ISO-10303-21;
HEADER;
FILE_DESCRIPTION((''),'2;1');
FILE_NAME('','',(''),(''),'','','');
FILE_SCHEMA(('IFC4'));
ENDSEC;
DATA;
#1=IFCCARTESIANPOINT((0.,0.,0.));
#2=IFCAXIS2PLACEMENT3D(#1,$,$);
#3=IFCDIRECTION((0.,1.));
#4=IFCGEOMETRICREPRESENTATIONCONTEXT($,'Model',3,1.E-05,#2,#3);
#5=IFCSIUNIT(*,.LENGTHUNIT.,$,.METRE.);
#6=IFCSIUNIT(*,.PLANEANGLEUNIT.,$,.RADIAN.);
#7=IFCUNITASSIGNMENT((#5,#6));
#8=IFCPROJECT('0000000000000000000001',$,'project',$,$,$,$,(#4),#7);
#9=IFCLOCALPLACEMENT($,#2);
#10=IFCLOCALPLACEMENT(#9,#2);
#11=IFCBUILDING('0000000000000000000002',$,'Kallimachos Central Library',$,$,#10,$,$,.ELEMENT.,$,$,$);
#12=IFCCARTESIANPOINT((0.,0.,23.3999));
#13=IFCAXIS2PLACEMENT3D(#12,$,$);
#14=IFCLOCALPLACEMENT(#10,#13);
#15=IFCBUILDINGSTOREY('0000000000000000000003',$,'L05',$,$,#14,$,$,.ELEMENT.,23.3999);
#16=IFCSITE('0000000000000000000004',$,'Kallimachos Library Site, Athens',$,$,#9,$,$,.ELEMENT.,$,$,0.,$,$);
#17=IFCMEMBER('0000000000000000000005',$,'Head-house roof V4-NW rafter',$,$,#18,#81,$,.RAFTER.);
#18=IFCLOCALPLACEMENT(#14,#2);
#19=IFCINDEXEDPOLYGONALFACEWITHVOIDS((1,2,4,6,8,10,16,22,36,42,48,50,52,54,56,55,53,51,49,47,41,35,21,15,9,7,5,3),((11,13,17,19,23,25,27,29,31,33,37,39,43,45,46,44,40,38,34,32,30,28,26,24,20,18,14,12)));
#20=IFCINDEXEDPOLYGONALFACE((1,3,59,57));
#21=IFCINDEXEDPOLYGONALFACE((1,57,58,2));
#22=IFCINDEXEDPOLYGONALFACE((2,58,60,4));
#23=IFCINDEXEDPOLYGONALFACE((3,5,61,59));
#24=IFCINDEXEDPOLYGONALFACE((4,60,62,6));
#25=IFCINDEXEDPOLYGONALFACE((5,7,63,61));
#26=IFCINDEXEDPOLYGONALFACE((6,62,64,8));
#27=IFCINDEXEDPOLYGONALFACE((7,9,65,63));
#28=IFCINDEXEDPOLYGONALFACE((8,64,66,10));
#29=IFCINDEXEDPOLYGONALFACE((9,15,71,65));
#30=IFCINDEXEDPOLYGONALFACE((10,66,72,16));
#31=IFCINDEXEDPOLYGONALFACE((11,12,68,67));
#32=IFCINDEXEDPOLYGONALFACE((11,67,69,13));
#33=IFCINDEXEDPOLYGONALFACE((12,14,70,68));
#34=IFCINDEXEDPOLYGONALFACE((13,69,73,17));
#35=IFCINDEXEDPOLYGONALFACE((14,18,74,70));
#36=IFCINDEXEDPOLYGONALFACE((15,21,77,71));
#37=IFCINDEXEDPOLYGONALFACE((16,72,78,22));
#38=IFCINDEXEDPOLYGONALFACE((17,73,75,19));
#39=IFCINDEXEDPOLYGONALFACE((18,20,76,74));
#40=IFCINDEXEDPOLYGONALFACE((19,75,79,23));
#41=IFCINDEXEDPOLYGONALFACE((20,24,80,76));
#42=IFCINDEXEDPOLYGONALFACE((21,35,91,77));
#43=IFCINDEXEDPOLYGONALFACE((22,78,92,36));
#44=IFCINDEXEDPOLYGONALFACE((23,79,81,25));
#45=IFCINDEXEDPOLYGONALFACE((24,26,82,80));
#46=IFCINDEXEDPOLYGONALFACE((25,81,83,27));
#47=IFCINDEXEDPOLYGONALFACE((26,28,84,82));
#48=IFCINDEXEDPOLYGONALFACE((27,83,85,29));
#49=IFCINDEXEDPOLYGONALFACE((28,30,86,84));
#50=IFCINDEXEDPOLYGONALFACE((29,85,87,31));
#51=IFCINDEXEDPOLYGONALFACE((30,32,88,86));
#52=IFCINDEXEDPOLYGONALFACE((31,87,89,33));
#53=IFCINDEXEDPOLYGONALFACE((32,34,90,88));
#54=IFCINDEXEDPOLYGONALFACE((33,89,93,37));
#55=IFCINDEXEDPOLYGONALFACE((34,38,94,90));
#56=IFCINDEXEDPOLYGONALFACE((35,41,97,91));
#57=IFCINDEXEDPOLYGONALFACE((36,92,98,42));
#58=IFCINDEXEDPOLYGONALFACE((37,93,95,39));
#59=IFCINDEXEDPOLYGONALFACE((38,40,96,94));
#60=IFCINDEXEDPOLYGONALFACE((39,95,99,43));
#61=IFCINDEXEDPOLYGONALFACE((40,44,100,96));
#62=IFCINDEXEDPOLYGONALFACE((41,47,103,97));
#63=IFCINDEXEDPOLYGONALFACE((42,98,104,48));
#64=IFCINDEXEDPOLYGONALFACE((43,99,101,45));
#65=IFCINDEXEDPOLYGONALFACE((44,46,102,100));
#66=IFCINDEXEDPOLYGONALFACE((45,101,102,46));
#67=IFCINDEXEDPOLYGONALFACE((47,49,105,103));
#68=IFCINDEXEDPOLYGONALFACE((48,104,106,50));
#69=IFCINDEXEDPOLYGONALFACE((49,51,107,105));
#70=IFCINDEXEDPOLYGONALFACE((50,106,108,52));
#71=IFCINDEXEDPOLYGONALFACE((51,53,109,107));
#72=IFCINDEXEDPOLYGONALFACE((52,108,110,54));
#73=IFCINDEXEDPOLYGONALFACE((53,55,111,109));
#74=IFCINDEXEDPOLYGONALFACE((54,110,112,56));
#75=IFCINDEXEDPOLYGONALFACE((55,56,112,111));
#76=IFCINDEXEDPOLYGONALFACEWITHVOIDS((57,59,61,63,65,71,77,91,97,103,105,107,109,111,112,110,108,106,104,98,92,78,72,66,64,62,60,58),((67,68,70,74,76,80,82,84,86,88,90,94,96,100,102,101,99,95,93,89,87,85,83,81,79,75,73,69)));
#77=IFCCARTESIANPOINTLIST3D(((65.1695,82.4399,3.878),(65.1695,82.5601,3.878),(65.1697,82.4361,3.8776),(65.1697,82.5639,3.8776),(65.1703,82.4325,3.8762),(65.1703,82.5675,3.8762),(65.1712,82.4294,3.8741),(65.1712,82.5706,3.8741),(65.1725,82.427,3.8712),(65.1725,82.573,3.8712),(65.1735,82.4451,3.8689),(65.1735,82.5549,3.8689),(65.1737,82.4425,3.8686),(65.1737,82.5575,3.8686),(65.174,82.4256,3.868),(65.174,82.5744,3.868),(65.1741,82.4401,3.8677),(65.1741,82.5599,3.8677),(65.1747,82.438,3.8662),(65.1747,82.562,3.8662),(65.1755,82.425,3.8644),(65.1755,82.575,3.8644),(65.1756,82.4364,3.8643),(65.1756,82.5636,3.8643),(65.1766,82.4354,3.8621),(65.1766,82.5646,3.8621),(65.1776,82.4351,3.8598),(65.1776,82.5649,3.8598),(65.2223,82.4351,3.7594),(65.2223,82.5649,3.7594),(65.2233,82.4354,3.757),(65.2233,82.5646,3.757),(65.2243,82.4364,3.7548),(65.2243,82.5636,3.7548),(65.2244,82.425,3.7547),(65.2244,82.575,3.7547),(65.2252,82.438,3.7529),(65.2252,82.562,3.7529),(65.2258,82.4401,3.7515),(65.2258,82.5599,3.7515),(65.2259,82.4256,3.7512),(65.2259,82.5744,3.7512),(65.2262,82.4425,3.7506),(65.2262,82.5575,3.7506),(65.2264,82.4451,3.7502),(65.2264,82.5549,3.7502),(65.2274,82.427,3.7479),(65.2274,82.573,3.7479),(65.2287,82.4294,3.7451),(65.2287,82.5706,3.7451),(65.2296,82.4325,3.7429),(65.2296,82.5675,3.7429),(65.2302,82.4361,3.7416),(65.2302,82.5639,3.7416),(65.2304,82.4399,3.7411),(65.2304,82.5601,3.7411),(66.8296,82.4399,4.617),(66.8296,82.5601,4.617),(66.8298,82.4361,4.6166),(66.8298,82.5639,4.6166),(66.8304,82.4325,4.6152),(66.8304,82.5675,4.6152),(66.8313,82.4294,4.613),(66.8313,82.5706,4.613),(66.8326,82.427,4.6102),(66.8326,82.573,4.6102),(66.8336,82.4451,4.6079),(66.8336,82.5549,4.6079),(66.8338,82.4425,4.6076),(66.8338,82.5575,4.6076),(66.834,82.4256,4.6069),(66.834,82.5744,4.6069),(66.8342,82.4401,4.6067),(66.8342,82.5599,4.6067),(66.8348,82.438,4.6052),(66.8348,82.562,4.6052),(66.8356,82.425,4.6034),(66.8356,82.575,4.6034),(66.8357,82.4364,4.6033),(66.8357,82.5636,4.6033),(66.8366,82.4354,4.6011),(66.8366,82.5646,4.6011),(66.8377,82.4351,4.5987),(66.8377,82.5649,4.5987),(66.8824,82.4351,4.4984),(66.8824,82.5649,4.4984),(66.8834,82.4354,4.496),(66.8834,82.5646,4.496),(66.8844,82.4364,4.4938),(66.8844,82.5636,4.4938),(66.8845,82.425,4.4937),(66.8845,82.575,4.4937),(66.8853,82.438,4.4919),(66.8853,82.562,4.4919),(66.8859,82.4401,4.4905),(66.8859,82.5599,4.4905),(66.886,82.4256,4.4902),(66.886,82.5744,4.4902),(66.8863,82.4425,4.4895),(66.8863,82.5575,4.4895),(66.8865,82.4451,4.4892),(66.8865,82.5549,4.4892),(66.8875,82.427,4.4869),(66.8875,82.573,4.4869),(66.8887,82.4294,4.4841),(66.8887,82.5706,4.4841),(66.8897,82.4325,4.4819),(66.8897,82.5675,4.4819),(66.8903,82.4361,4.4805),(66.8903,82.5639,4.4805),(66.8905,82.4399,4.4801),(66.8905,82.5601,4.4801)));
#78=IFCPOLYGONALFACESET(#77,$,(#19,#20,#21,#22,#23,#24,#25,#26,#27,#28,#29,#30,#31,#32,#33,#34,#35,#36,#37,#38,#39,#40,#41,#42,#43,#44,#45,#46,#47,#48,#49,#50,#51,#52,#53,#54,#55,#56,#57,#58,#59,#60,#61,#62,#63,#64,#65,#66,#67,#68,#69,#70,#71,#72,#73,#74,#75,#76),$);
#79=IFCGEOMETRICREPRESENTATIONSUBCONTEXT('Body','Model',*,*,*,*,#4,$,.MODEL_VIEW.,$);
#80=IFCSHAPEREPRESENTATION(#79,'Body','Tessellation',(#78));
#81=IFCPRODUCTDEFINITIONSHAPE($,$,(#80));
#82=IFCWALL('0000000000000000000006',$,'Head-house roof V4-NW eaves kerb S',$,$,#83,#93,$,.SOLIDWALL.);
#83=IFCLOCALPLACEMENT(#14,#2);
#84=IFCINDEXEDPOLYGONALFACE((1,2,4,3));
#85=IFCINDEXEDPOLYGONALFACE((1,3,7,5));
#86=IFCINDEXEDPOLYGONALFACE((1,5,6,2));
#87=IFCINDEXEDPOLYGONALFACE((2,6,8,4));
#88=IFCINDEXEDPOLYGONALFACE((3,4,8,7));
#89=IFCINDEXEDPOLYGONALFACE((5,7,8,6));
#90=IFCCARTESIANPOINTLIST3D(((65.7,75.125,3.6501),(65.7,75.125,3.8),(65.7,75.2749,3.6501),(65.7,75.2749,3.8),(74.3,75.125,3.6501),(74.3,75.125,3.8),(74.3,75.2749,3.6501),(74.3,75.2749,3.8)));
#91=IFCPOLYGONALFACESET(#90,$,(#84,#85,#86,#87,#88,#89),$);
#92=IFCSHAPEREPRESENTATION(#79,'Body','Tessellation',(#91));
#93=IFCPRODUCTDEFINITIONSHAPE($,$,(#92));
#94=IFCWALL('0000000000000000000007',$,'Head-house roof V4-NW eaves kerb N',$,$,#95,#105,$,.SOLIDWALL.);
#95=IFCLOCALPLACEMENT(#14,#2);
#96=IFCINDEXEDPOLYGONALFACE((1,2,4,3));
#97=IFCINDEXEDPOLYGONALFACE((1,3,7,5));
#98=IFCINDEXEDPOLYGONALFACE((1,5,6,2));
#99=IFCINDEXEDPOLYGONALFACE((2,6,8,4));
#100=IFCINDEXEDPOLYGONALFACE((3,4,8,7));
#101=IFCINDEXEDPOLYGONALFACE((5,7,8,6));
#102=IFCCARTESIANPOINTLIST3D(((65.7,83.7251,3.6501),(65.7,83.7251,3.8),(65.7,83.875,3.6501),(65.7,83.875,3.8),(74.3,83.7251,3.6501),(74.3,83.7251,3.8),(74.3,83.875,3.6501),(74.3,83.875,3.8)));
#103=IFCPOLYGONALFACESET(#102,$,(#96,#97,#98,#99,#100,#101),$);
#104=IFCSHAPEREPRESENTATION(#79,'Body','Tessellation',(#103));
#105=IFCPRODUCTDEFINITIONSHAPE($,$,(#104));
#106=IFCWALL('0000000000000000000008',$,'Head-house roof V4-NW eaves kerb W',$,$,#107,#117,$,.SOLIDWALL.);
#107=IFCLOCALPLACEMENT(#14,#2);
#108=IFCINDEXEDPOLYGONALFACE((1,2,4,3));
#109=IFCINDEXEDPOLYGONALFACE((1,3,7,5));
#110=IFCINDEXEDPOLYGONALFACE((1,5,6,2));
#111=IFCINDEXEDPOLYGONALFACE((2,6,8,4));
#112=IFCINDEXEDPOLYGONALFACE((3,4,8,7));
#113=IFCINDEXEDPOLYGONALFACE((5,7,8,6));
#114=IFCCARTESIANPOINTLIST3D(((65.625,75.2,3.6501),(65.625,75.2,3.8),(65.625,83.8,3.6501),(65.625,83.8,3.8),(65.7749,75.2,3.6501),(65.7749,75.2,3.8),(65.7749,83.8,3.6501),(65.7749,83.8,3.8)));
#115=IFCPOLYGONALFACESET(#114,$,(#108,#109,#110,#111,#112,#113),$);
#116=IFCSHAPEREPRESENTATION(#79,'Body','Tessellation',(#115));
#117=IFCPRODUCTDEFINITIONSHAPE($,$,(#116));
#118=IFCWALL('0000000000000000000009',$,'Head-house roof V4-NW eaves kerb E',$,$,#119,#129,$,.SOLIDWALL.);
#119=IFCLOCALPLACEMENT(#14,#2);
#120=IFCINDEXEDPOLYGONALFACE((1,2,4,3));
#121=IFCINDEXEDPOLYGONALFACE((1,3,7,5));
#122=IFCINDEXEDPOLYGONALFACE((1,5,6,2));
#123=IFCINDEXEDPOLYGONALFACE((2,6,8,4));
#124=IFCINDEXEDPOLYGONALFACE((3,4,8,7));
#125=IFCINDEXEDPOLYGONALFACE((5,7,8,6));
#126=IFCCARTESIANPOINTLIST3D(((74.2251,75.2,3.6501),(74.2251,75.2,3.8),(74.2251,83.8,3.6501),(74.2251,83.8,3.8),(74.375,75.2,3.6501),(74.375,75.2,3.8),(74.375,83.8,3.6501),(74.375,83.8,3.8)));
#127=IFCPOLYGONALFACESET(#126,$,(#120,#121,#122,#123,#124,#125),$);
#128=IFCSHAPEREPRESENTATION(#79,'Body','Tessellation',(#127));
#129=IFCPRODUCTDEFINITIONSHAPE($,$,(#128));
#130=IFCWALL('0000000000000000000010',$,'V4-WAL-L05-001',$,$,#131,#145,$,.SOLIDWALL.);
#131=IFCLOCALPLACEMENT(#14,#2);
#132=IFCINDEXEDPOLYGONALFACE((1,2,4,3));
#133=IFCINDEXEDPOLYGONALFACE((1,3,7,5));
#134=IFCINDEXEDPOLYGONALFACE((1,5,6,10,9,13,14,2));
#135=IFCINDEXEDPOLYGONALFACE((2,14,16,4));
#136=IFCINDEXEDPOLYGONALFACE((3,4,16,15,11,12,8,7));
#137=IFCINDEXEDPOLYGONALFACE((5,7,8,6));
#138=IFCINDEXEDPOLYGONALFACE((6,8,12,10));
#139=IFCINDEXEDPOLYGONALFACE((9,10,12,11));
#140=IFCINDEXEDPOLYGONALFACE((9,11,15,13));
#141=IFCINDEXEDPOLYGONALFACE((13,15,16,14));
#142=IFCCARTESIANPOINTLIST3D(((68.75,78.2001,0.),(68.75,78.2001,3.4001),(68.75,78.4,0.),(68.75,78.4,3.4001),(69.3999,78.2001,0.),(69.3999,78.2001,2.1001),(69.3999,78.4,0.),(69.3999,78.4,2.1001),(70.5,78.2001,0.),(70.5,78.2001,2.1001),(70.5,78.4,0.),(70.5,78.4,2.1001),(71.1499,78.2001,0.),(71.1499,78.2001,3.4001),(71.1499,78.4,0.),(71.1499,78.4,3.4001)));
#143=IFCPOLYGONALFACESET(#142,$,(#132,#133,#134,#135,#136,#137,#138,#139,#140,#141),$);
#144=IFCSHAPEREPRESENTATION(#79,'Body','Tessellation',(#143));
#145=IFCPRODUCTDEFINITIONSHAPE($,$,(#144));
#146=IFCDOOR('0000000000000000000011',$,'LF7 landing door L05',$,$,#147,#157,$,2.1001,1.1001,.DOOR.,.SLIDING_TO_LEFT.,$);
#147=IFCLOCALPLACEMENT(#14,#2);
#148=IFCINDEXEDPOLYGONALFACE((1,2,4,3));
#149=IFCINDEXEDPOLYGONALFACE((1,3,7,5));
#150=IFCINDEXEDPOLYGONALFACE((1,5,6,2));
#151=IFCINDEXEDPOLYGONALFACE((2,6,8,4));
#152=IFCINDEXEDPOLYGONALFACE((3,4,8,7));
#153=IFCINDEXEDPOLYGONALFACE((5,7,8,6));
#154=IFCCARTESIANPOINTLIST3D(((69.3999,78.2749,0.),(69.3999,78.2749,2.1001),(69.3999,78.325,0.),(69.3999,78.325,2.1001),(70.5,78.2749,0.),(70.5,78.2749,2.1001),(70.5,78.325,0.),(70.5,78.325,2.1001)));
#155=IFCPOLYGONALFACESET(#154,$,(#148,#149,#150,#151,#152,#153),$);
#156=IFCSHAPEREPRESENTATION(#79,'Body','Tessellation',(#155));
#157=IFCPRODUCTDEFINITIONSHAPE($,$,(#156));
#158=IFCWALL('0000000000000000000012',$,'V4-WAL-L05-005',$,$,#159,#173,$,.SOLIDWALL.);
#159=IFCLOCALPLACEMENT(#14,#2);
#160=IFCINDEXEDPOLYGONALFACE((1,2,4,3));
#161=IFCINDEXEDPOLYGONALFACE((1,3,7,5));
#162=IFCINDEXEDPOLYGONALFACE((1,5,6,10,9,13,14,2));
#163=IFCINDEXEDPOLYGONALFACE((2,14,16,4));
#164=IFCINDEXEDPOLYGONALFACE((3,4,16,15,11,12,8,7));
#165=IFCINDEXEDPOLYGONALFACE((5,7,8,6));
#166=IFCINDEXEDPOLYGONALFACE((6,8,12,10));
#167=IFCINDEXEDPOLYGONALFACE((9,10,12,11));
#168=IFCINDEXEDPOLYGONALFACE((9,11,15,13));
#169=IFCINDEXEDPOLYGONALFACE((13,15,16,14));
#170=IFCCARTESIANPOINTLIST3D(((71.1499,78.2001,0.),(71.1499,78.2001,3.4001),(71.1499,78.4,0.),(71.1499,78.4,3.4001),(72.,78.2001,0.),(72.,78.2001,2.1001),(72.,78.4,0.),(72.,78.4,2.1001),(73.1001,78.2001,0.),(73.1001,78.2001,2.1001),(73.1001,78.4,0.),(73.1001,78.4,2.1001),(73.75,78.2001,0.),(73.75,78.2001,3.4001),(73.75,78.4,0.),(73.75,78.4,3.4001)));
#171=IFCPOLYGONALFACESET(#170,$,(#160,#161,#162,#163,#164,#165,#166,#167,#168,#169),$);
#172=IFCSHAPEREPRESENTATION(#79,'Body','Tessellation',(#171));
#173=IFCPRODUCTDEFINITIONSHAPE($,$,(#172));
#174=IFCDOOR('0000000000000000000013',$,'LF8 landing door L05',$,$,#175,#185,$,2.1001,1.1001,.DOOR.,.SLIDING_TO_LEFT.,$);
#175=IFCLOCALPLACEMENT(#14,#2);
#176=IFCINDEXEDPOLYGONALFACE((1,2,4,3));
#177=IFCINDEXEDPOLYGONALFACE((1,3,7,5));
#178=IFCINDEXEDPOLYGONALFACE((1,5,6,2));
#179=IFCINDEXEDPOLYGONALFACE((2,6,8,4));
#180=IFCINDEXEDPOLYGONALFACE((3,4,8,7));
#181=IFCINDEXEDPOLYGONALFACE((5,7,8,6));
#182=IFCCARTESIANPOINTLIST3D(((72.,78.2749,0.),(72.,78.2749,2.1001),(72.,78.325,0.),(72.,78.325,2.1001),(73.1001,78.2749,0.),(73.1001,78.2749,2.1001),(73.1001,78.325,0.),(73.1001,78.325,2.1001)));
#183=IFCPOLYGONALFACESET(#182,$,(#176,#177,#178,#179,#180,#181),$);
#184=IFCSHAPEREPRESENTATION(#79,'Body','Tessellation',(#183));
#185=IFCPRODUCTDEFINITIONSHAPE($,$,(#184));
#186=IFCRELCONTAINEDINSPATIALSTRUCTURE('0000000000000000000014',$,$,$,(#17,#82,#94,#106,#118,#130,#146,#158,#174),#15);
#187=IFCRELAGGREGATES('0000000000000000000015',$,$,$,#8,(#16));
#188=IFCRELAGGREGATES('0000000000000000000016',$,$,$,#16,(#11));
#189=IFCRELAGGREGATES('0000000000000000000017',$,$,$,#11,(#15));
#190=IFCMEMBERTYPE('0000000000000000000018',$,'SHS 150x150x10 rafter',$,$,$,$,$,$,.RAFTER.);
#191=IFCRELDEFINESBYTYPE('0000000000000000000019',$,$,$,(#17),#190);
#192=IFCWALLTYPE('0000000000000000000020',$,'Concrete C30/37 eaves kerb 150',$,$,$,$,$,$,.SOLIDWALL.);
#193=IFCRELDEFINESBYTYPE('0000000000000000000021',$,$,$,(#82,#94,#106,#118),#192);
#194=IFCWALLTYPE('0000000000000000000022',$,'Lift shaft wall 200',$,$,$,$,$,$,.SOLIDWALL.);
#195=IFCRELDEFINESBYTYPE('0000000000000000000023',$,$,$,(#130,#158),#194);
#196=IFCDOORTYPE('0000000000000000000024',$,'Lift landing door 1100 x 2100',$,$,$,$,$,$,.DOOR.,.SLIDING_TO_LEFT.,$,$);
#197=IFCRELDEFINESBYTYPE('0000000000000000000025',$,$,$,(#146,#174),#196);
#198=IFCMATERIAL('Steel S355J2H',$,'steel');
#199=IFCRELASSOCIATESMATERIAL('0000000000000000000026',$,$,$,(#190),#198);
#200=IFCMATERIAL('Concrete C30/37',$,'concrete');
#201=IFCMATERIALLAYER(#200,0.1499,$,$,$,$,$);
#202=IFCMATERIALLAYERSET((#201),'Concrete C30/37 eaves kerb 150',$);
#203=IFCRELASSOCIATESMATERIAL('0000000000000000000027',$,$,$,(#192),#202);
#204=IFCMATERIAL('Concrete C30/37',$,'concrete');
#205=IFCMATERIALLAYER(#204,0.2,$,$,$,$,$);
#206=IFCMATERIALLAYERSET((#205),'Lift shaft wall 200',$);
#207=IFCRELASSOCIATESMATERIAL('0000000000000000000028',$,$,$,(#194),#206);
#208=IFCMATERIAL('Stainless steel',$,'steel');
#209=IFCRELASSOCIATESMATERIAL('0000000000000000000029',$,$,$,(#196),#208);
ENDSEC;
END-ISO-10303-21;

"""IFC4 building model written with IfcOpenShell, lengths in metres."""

from ifc_helpers import new_model, si_unit, direction, frame, frame_2d, origin, origin_2d, place, context, subcontext, project, spatial, rectangle, hollow_rectangle, extrude, material, layer, layer_set, material_profile, profile_set, type_object, element, fill, save


model = new_model("IFC4")

# Units and contexts
model_context = context("Model", 3, precision=1e-05, world=origin(), true_north=direction((0.0, 1.0)))
body_context = subcontext(model_context, "Body", "Model", "MODEL_VIEW")
ifc_project = project(units=[si_unit("LENGTHUNIT", "METRE"), si_unit("PLANEANGLEUNIT", "RADIAN")], contexts=[model_context])

# Site, building, storey
site_placement = place(None, origin())
site = spatial("IfcSite", under=ifc_project, at=site_placement, Name="Kallimachos Library Site, Athens", CompositionType="ELEMENT", RefElevation=0.0)
building_placement = place(site_placement, origin())
building = spatial("IfcBuilding", under=site, at=building_placement, Name="Kallimachos Central Library", CompositionType="ELEMENT")
storey_placement = place(building_placement, frame((0.0, 0.0, 23.3999)))
storey = spatial("IfcBuildingStorey", under=building, at=storey_placement, Name="L05", CompositionType="ELEMENT", Elevation=23.3999)

# Member
ifc_material_1 = material(Name="Steel S355J2H", Category="steel")
ifc_material_profile_1 = material_profile(ifc_material_1, hollow_rectangle(XDim=0.1499, YDim=0.1499, WallThickness=0.01, InnerFilletRadius=0.01, OuterFilletRadius=0.0149, at=origin_2d()), Name="SHS 150x150x10")
ifc_profile_set_1 = profile_set([ifc_material_profile_1], Name="Steel S355J2H")
member_type_1 = type_object("IfcMemberType", Name="SHS 150x150x10 rafter", PredefinedType="RAFTER", material=ifc_profile_set_1)
member_1_placement = place(storey_placement, frame((65.2, 82.5, 3.8096), z_axis=(0.913573, 0.0, 0.406674), x_axis=(0.0, 1.0, 0.0)))
element("IfcMember", 1, at=member_1_placement, inside=storey, type_object=member_type_1, Name="Head-house roof V4-NW rafter", PredefinedType="RAFTER", context=body_context, shape_type="SweptSolid", body=[
    extrude(hollow_rectangle(XDim=0.1499, YDim=0.1499, WallThickness=0.01, InnerFilletRadius=0.01, OuterFilletRadius=0.0149, at=origin_2d()), origin(), (0.0, 0.0, 1.0), 1.8171),
])

# Walls
ifc_material_2 = material(Name="Concrete C30/37", Category="concrete")
ifc_layer_1 = layer(ifc_material_2, 0.1499)
ifc_layer_set_1 = layer_set([ifc_layer_1], Name="Concrete C30/37 eaves kerb 150")
wall_type_1 = type_object("IfcWallType", Name="Concrete C30/37 eaves kerb 150", PredefinedType="SOLIDWALL", material=ifc_layer_set_1)
for number, where, z_axis, x_axis, name in (
    (2, (65.7, 75.2, 3.6501), (0.0, 0.0, 1.0), (1.0, 0.0, 0.0), "Head-house roof V4-NW eaves kerb S"),
    (3, (65.7, 83.8, 3.6501), (0.0, 0.0, 1.0), (1.0, 0.0, 0.0), "Head-house roof V4-NW eaves kerb N"),
    (4, (65.7, 75.2, 3.6501), (0.0, 0.0, 1.0), (0.0, 1.0, 0.0), "Head-house roof V4-NW eaves kerb W"),
    (5, (74.3, 75.2, 3.6501), (0.0, 0.0, 1.0), (0.0, 1.0, 0.0), "Head-house roof V4-NW eaves kerb E"),
):
    element("IfcWall", number, at=place(storey_placement, frame(where, z_axis=z_axis, x_axis=x_axis)), inside=storey, type_object=wall_type_1, Name=name, PredefinedType="SOLIDWALL", context=body_context, shape_type="SweptSolid", body=[
        extrude(rectangle(XDim=8.6001, YDim=0.1499, at=frame_2d((4.3, 0.0))), origin(), (0.0, 0.0, 1.0), 0.1499),
    ])

# Walls, openings, doors
ifc_material_3 = material(Name="Concrete C30/37", Category="concrete")
ifc_layer_2 = layer(ifc_material_3, 0.2)
ifc_layer_set_2 = layer_set([ifc_layer_2], Name="Lift shaft wall 200")
wall_type_2 = type_object("IfcWallType", Name="Lift shaft wall 200", PredefinedType="SOLIDWALL", material=ifc_layer_set_2)
wall_1_placement = place(storey_placement, frame((68.75, 78.3, 0.0), z_axis=(0.0, 0.0, 1.0), x_axis=(1.0, 0.0, 0.0)))
wall_1 = element("IfcWall", 6, at=wall_1_placement, inside=storey, type_object=wall_type_2, Name="V4-WAL-L05-001", PredefinedType="SOLIDWALL", context=body_context, shape_type="SweptSolid", body=[
    extrude(rectangle(XDim=2.3999, YDim=0.2, at=frame_2d((1.2, 0.0))), origin(), (0.0, 0.0, 1.0), 3.4001),
])
opening_1_placement = place(wall_1_placement, frame((0.6499, 0.0, 0.0)))
opening_1 = element("IfcOpeningElement", 7, at=opening_1_placement, cuts=wall_1, PredefinedType="OPENING", context=body_context, shape_type="SweptSolid", body=[
    extrude(rectangle(XDim=1.1001, YDim=2.1001, at=frame_2d((0.55, 1.05))), frame((0.0, 0.1099, 0.0), z_axis=(0.0, -1.0, 0.0), x_axis=(1.0, 0.0, 0.0)), (0.0, 0.0, 1.0), 0.22),
])
ifc_material_4 = material(Name="Stainless steel", Category="steel")
door_type_1 = type_object("IfcDoorType", Name="Lift landing door 1100 x 2100", OperationType="SLIDING_TO_LEFT", PredefinedType="DOOR", material=ifc_material_4)
door_1_placement = place(opening_1_placement, origin())
door_1 = element("IfcDoor", 8, at=door_1_placement, inside=storey, type_object=door_type_1, Name="LF7 landing door L05", OperationType="SLIDING_TO_LEFT", OverallHeight=2.1001, OverallWidth=1.1001, PredefinedType="DOOR", context=body_context, shape_type="SweptSolid", body=[
    extrude(rectangle(XDim=1.1001, YDim=2.1001, at=frame_2d((0.55, 1.05))), frame((0.0, 0.0249, 0.0), z_axis=(0.0, -1.0, 0.0), x_axis=(1.0, 0.0, 0.0)), (0.0, 0.0, 1.0), 0.05),
])
fill(opening_1, door_1)
wall_2_placement = place(storey_placement, frame((71.1499, 78.3, 0.0), z_axis=(0.0, 0.0, 1.0), x_axis=(1.0, 0.0, 0.0)))
wall_2 = element("IfcWall", 9, at=wall_2_placement, inside=storey, type_object=wall_type_2, Name="V4-WAL-L05-005", PredefinedType="SOLIDWALL", context=body_context, shape_type="SweptSolid", body=[
    extrude(rectangle(XDim=2.6001, YDim=0.2, at=frame_2d((1.3, 0.0))), origin(), (0.0, 0.0, 1.0), 3.4001),
])
opening_2_placement = place(wall_2_placement, frame((0.8501, 0.0, 0.0)))
opening_2 = element("IfcOpeningElement", 10, at=opening_2_placement, cuts=wall_2, PredefinedType="OPENING", context=body_context, shape_type="SweptSolid", body=[
    extrude(rectangle(XDim=1.1001, YDim=2.1001, at=frame_2d((0.55, 1.05))), frame((0.0, 0.1099, 0.0), z_axis=(0.0, -1.0, 0.0), x_axis=(1.0, 0.0, 0.0)), (0.0, 0.0, 1.0), 0.22),
])
door_2_placement = place(opening_2_placement, origin())
door_2 = element("IfcDoor", 11, at=door_2_placement, inside=storey, type_object=door_type_1, Name="LF8 landing door L05", OperationType="SLIDING_TO_LEFT", OverallHeight=2.1001, OverallWidth=1.1001, PredefinedType="DOOR", context=body_context, shape_type="SweptSolid", body=[
    extrude(rectangle(XDim=1.1001, YDim=2.1001, at=frame_2d((0.55, 1.05))), frame((0.0, 0.0249, 0.0), z_axis=(0.0, -1.0, 0.0), x_axis=(1.0, 0.0, 0.0)), (0.0, 0.0, 1.0), 0.05),
])
fill(opening_2, door_2)

save(model, "model.ifc")
